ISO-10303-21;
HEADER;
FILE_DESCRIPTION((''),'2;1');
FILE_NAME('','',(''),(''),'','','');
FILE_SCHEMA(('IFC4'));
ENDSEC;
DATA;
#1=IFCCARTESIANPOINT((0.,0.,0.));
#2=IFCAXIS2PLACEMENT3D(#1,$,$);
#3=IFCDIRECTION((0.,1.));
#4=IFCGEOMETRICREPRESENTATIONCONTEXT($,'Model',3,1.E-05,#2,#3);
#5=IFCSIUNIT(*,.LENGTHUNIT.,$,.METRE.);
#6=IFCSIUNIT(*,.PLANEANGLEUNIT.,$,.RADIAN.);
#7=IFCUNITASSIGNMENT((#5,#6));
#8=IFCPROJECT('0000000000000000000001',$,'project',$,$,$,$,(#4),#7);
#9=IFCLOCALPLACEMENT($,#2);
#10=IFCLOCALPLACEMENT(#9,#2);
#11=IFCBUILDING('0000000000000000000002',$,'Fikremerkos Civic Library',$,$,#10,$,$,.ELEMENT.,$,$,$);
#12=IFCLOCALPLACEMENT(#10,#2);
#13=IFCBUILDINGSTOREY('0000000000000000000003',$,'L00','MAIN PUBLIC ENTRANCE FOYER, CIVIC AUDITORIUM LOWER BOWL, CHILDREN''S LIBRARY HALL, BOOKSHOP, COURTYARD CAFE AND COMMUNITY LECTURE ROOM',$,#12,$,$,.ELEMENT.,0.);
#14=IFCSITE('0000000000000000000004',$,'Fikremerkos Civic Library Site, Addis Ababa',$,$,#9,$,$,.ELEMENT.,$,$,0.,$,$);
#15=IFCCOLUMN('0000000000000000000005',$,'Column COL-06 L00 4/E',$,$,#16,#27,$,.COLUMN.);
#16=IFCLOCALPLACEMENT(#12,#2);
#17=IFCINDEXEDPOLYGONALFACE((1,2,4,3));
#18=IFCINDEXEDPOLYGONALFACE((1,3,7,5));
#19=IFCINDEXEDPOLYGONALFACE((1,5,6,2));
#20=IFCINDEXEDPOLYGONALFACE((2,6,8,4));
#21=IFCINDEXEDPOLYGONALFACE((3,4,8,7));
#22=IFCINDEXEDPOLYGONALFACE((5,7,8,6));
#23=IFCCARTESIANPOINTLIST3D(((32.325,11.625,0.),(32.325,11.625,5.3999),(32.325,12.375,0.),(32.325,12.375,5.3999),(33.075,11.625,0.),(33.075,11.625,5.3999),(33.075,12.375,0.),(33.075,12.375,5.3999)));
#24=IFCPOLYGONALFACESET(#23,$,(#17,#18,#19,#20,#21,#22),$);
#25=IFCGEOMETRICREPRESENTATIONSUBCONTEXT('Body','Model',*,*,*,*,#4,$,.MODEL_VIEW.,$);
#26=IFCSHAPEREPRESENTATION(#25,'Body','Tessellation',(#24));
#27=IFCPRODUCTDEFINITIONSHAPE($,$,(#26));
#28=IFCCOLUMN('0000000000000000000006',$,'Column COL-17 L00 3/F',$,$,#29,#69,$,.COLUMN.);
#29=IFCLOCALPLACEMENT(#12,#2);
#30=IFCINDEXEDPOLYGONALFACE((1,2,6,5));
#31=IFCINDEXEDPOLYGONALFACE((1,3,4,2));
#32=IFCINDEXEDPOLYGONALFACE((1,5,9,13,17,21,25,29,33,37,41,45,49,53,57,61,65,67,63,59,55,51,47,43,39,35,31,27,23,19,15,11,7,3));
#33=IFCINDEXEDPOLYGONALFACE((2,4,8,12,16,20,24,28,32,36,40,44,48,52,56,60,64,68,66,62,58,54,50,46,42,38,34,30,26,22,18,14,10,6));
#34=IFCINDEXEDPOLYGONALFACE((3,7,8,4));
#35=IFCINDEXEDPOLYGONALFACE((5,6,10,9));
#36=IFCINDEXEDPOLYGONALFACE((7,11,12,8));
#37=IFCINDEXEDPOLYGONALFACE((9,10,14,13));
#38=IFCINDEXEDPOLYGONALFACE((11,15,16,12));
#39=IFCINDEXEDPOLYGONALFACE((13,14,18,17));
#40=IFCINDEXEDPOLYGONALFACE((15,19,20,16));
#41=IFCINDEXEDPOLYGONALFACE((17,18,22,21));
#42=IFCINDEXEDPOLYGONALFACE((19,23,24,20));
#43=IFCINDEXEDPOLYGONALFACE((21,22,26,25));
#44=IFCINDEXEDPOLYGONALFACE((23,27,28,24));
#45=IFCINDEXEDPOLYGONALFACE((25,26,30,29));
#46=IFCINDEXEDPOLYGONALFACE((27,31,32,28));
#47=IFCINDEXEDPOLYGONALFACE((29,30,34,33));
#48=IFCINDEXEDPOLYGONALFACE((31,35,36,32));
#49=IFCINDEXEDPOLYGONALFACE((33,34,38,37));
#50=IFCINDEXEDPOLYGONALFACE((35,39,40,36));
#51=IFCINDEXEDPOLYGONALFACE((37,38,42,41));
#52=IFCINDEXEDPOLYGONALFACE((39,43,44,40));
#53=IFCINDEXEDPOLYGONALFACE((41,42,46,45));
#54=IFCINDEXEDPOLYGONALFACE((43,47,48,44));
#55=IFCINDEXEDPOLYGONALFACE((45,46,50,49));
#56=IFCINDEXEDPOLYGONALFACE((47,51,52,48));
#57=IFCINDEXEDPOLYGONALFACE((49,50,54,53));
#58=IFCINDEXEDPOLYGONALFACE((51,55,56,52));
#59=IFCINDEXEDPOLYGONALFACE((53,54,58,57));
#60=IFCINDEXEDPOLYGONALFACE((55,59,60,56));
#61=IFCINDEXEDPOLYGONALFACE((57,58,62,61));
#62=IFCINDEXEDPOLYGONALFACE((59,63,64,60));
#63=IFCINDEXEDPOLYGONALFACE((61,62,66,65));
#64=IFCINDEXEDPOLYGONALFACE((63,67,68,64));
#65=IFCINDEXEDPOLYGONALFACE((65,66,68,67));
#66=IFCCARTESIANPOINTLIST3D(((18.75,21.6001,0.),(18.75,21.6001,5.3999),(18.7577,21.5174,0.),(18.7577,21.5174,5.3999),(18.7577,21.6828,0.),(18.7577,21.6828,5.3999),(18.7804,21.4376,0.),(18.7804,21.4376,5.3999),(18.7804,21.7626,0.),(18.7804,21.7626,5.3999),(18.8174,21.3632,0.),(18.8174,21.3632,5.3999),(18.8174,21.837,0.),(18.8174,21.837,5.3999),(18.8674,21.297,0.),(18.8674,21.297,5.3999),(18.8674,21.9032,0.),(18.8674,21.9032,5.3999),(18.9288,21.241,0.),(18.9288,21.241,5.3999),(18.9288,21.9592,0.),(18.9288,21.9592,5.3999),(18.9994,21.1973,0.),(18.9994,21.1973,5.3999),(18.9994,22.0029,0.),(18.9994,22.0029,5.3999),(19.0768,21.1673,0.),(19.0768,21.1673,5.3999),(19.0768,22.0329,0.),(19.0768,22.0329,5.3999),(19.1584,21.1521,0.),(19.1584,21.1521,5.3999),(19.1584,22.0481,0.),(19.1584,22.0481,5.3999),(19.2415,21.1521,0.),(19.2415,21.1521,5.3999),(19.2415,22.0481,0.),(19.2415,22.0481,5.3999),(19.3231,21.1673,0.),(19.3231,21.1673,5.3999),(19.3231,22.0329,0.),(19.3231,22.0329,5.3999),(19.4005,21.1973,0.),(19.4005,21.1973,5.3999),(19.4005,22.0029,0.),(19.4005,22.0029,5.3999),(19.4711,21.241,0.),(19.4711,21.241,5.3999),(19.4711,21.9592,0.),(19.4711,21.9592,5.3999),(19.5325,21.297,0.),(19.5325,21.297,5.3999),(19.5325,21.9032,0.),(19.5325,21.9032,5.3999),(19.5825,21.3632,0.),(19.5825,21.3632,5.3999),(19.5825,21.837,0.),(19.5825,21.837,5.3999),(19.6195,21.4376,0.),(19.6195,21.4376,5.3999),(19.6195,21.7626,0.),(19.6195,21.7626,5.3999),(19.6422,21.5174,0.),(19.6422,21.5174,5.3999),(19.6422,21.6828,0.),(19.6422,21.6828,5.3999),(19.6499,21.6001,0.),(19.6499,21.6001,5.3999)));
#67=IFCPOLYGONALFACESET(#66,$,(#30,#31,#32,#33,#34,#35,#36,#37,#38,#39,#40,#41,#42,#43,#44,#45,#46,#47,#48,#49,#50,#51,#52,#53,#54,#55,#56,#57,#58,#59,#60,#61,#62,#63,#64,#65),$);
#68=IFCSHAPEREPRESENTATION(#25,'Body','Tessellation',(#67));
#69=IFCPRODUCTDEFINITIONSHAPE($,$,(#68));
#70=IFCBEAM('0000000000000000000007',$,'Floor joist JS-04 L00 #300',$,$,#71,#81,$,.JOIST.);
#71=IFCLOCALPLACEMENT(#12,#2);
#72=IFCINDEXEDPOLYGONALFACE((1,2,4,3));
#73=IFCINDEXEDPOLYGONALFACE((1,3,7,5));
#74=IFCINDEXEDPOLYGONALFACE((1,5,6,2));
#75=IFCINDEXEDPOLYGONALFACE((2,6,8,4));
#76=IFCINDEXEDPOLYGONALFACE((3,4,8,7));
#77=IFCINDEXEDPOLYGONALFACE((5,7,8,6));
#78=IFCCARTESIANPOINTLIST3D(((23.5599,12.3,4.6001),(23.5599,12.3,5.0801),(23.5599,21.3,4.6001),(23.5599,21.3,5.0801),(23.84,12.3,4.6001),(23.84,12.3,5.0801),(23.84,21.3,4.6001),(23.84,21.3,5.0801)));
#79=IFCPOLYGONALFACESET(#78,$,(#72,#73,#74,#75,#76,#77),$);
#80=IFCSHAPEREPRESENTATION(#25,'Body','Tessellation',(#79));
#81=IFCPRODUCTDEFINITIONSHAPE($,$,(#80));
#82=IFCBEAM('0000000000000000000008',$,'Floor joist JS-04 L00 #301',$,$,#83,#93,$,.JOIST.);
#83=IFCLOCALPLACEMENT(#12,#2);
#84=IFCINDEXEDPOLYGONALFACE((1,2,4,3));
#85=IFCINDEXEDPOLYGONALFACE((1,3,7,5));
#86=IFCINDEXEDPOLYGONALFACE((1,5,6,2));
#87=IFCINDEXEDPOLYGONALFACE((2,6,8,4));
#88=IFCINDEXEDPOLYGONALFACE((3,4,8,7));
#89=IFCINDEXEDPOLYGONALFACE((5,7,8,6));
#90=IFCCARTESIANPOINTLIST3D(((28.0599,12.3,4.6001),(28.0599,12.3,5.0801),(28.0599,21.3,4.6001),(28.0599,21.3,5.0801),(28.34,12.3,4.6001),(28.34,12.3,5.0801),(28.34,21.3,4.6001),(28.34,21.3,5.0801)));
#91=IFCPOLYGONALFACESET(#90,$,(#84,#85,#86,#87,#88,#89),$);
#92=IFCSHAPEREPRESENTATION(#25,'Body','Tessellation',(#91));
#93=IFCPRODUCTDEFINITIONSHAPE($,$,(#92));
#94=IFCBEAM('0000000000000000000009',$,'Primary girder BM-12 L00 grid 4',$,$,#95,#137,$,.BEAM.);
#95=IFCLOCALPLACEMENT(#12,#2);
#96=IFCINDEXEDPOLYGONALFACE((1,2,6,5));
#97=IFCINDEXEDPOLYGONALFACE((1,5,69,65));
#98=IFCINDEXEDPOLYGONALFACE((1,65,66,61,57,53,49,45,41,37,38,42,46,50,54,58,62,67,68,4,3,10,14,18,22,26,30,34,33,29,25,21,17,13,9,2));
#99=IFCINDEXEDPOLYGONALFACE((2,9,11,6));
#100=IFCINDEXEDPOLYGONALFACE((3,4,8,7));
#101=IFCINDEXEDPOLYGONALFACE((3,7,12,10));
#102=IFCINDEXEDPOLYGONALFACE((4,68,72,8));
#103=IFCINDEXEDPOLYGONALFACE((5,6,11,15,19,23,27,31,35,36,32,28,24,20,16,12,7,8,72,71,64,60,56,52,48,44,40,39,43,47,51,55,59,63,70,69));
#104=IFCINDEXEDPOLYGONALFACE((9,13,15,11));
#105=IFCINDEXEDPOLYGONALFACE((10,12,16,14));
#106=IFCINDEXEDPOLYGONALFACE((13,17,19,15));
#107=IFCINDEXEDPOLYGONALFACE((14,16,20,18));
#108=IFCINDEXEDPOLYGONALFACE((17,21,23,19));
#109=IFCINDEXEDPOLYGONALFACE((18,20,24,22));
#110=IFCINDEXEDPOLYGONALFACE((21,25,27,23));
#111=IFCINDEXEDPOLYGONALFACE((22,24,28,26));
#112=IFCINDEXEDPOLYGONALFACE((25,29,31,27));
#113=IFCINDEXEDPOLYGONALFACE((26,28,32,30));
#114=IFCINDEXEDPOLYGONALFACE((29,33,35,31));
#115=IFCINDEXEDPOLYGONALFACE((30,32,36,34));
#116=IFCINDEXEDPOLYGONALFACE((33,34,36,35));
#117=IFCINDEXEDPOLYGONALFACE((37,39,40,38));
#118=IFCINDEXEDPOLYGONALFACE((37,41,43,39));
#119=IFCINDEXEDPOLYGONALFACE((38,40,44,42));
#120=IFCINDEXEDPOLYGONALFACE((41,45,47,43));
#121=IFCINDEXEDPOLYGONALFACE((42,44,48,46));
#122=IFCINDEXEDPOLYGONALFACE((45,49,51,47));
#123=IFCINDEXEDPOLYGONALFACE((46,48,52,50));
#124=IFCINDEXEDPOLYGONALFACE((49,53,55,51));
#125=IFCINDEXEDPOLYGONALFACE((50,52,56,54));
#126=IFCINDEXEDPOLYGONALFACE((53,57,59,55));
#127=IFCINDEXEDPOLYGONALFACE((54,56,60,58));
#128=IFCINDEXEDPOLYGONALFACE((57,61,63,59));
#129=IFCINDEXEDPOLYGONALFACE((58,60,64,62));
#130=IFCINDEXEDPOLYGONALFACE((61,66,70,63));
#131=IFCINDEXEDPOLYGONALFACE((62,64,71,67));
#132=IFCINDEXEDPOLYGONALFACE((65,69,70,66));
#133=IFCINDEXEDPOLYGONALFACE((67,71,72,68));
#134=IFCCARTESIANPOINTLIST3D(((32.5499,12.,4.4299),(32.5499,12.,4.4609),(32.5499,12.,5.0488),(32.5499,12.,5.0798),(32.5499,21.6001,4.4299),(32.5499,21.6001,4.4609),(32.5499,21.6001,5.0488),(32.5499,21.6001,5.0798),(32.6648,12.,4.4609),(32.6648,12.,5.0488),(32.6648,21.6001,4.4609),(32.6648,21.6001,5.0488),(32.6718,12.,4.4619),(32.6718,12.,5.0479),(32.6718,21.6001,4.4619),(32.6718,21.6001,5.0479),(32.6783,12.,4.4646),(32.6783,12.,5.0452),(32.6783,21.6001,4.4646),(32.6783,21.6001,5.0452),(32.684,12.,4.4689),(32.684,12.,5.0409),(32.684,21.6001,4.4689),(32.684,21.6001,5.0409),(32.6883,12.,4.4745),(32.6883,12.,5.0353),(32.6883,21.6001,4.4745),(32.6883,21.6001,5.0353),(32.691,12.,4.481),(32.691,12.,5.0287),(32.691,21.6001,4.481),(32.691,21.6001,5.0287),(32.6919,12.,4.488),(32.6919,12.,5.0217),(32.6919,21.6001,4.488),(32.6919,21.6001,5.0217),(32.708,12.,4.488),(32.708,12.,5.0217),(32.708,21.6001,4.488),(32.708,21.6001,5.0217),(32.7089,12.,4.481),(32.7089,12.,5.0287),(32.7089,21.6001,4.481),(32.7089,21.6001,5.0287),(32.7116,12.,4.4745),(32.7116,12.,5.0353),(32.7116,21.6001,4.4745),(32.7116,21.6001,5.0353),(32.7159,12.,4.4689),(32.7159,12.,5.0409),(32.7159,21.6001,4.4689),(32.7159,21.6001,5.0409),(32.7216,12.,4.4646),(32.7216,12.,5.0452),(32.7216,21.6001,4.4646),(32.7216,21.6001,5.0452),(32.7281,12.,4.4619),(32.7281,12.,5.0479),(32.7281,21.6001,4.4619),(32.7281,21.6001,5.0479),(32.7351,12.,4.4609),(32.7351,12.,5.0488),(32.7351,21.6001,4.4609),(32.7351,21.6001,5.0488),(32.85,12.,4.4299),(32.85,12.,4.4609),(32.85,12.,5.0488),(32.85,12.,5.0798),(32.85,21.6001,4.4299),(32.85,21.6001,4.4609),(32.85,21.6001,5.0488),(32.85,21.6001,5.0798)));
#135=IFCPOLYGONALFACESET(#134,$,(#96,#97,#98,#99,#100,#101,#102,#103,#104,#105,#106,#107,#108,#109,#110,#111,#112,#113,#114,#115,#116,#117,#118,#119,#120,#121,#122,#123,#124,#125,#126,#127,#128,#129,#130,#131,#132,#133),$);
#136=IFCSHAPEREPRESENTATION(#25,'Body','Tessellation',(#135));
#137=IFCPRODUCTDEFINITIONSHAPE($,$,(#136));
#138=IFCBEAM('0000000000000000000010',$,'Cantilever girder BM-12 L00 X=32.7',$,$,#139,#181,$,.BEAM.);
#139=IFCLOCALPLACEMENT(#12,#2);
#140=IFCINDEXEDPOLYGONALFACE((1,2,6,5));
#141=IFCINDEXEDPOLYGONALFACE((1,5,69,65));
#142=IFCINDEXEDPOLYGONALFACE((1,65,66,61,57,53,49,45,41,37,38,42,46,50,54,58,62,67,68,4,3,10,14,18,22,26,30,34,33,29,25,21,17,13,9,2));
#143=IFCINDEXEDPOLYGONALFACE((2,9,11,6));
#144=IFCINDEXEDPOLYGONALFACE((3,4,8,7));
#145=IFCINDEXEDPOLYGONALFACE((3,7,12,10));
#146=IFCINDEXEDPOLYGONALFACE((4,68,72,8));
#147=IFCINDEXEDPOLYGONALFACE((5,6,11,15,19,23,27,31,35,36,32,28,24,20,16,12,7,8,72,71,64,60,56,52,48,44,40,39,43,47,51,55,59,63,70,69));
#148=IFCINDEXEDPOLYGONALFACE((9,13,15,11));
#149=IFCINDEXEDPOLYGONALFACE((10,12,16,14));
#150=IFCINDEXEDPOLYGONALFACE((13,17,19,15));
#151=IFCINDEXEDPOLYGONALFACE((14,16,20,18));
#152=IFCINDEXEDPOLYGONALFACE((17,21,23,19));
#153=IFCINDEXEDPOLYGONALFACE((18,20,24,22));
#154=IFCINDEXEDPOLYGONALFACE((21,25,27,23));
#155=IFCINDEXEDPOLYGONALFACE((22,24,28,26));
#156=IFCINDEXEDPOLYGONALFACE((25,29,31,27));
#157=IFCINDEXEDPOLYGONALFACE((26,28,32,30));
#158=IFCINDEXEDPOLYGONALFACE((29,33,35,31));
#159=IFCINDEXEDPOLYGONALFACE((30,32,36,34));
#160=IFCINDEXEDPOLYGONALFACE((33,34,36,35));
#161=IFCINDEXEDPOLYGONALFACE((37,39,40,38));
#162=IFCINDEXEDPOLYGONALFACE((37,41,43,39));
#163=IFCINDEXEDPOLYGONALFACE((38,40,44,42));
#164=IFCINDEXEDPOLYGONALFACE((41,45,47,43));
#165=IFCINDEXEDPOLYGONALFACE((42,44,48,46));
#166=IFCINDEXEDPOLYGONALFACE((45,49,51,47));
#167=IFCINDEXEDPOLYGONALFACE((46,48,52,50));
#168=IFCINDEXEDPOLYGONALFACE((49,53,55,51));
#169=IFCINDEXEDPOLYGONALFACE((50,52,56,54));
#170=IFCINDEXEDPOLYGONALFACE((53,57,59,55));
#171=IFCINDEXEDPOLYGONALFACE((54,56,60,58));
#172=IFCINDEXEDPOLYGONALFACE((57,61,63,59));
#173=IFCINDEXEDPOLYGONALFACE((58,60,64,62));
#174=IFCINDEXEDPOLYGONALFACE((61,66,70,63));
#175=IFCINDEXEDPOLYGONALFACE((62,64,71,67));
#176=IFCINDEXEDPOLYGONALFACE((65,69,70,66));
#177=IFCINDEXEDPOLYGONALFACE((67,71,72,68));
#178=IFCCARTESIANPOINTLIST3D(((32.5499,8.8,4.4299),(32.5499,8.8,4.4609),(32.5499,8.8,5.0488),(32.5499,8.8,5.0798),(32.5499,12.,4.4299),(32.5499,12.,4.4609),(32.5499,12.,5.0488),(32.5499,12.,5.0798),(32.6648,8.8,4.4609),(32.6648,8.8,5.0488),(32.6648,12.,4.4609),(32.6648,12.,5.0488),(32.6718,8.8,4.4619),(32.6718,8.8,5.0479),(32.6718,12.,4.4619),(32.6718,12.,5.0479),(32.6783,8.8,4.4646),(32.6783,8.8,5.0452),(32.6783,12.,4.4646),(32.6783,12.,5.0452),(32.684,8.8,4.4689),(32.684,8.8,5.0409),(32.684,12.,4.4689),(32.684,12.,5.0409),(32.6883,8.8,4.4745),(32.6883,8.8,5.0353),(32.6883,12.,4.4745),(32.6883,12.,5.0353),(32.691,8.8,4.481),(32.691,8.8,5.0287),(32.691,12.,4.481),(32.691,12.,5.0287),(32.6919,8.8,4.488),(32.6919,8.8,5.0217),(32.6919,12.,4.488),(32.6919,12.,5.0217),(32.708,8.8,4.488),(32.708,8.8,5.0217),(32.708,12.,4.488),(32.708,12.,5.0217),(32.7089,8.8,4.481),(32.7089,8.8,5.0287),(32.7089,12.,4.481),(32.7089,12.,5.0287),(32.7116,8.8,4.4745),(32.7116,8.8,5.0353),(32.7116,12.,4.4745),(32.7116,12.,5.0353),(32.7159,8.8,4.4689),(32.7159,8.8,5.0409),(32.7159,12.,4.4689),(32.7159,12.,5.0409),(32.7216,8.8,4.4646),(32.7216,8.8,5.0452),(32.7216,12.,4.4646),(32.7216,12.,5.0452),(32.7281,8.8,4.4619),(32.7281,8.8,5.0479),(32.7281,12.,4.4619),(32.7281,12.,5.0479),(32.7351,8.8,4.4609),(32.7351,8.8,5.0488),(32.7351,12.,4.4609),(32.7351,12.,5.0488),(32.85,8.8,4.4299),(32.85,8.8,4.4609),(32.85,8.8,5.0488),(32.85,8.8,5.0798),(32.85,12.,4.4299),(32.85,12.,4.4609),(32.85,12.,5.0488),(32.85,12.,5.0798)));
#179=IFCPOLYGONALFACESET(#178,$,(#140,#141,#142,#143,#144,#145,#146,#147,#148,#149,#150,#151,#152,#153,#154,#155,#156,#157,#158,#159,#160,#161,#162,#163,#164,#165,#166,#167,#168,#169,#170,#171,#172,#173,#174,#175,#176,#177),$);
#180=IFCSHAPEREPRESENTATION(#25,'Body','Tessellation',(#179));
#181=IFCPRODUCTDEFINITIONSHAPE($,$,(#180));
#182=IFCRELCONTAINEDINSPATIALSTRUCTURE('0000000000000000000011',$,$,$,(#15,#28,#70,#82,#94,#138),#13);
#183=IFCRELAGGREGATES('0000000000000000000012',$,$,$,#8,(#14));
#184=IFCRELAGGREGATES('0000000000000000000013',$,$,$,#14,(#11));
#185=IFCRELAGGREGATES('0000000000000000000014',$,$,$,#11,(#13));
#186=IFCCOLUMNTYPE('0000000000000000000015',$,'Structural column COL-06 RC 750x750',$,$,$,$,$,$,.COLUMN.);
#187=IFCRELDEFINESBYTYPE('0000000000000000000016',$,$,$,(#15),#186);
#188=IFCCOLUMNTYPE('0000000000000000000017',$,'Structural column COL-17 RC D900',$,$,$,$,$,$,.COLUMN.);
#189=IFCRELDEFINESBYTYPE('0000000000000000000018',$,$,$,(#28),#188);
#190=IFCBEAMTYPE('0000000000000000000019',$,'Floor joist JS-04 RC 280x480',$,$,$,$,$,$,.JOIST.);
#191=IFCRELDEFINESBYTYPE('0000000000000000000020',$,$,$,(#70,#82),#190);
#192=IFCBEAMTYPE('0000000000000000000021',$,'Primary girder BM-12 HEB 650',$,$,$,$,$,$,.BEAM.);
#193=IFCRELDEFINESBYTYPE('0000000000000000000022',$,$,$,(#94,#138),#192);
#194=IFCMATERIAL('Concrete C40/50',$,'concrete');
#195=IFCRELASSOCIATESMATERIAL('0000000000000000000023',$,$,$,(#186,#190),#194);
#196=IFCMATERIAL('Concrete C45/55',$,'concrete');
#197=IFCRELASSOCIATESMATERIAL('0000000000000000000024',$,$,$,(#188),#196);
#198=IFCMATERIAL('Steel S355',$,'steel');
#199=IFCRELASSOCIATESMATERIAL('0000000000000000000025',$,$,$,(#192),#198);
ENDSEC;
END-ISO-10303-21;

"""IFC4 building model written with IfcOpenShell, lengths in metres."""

from ifc_helpers import new_model, si_unit, direction, frame, origin, origin_2d, place, context, subcontext, project, spatial, rectangle, circle, i_section, extrude, material, material_profile, profile_set, type_object, element, save


model = new_model("IFC4")

# Units and contexts
model_context = context("Model", 3, precision=1e-05, world=origin(), true_north=direction((0.0, 1.0)))
body_context = subcontext(model_context, "Body", "Model", "MODEL_VIEW")
ifc_project = project(units=[si_unit("LENGTHUNIT", "METRE"), si_unit("PLANEANGLEUNIT", "RADIAN")], contexts=[model_context])

# Site, building, storey
site_placement = place(None, origin())
site = spatial("IfcSite", under=ifc_project, at=site_placement, Name="Fikremerkos Civic Library Site, Addis Ababa", CompositionType="ELEMENT", RefElevation=0.0)
building_placement = place(site_placement, origin())
building = spatial("IfcBuilding", under=site, at=building_placement, Name="Fikremerkos Civic Library", CompositionType="ELEMENT")
storey_placement = place(building_placement, origin())
storey = spatial("IfcBuildingStorey", under=building, at=storey_placement, Name="L00", Description="MAIN PUBLIC ENTRANCE FOYER, CIVIC AUDITORIUM LOWER BOWL, CHILDREN'S LIBRARY HALL, BOOKSHOP, COURTYARD CAFE AND COMMUNITY LECTURE ROOM", CompositionType="ELEMENT", Elevation=0.0)

# Columns
ifc_material_1 = material(Name="Concrete C40/50", Category="concrete")
ifc_material_profile_1 = material_profile(ifc_material_1, rectangle(XDim=0.75, YDim=0.75, at=origin_2d()), Name="RC 750x750")
ifc_profile_set_1 = profile_set([ifc_material_profile_1], Name="Concrete C40/50")
column_type_1 = type_object("IfcColumnType", Name="Structural column COL-06 RC 750x750", PredefinedType="COLUMN", material=ifc_profile_set_1)
column_1_placement = place(storey_placement, frame((32.7, 12.0, 0.0), z_axis=(0.0, 0.0, 1.0), x_axis=(1.0, 0.0, 0.0)))
element("IfcColumn", 1, at=column_1_placement, inside=storey, type_object=column_type_1, Name="Column COL-06 L00 4/E", PredefinedType="COLUMN", context=body_context, shape_type="SweptSolid", body=[
    extrude(rectangle(XDim=0.75, YDim=0.75, at=origin_2d()), origin(), (0.0, 0.0, 1.0), 5.3999),
])
ifc_material_2 = material(Name="Concrete C45/55", Category="concrete")
ifc_material_profile_2 = material_profile(ifc_material_2, circle(Radius=0.45, at=origin_2d()), Name="RC D900")
ifc_profile_set_2 = profile_set([ifc_material_profile_2], Name="Concrete C45/55")
column_type_2 = type_object("IfcColumnType", Name="Structural column COL-17 RC D900", PredefinedType="COLUMN", material=ifc_profile_set_2)
column_2_placement = place(storey_placement, frame((19.2, 21.6001, 0.0), z_axis=(0.0, 0.0, 1.0), x_axis=(1.0, 0.0, 0.0)))
element("IfcColumn", 2, at=column_2_placement, inside=storey, type_object=column_type_2, Name="Column COL-17 L00 3/F", PredefinedType="COLUMN", context=body_context, shape_type="SweptSolid", body=[
    extrude(circle(Radius=0.45, at=origin_2d()), origin(), (0.0, 0.0, 1.0), 5.3999),
])

# Beams
ifc_material_profile_3 = material_profile(ifc_material_1, rectangle(XDim=0.28, YDim=0.48, at=origin_2d()), Name="RC 280x480")
ifc_profile_set_3 = profile_set([ifc_material_profile_3], Name="Concrete C40/50")
beam_type_1 = type_object("IfcBeamType", Name="Floor joist JS-04 RC 280x480", PredefinedType="JOIST", material=ifc_profile_set_3)
for number, where, z_axis, x_axis, name in (
    (3, (23.7, 12.3, 4.8401), (0.0, 1.0, 0.0), (-1.0, 0.0, 0.0), "Floor joist JS-04 L00 #300"),
    (4, (28.2, 12.3, 4.8401), (0.0, 1.0, 0.0), (-1.0, 0.0, 0.0), "Floor joist JS-04 L00 #301"),
):
    element("IfcBeam", number, at=place(storey_placement, frame(where, z_axis=z_axis, x_axis=x_axis)), inside=storey, type_object=beam_type_1, Name=name, PredefinedType="JOIST", context=body_context, shape_type="SweptSolid", body=[
        extrude(rectangle(XDim=0.28, YDim=0.48, at=origin_2d()), origin(), (0.0, 0.0, 1.0), 9.0),
    ])
ifc_material_3 = material(Name="Steel S355", Category="steel")
ifc_material_profile_4 = material_profile(ifc_material_3, i_section(OverallWidth=0.3, OverallDepth=0.6499, WebThickness=0.0161, FlangeThickness=0.031, FilletRadius=0.0271, at=origin_2d()), Name="HEB 650")
ifc_profile_set_4 = profile_set([ifc_material_profile_4], Name="Steel S355")
beam_type_2 = type_object("IfcBeamType", Name="Primary girder BM-12 HEB 650", PredefinedType="BEAM", material=ifc_profile_set_4)
beam_1_placement = place(storey_placement, frame((32.7, 12.0, 4.7549), z_axis=(0.0, 1.0, 0.0), x_axis=(-1.0, 0.0, 0.0)))
element("IfcBeam", 5, at=beam_1_placement, inside=storey, type_object=beam_type_2, Name="Primary girder BM-12 L00 grid 4", PredefinedType="BEAM", context=body_context, shape_type="SweptSolid", body=[
    extrude(i_section(OverallWidth=0.3, OverallDepth=0.6499, WebThickness=0.0161, FlangeThickness=0.031, FilletRadius=0.0271, at=origin_2d()), origin(), (0.0, 0.0, 1.0), 9.6001),
])
beam_2_placement = place(storey_placement, frame((32.7, 12.0, 4.7549), z_axis=(0.0, -1.0, 0.0), x_axis=(1.0, 0.0, 0.0)))
element("IfcBeam", 6, at=beam_2_placement, inside=storey, type_object=beam_type_2, Name="Cantilever girder BM-12 L00 X=32.7", PredefinedType="BEAM", context=body_context, shape_type="SweptSolid", body=[
    extrude(i_section(OverallWidth=0.3, OverallDepth=0.6499, WebThickness=0.0161, FlangeThickness=0.031, FilletRadius=0.0271, at=origin_2d()), origin(), (0.0, 0.0, 1.0), 3.2),
])

save(model, "model.ifc")
